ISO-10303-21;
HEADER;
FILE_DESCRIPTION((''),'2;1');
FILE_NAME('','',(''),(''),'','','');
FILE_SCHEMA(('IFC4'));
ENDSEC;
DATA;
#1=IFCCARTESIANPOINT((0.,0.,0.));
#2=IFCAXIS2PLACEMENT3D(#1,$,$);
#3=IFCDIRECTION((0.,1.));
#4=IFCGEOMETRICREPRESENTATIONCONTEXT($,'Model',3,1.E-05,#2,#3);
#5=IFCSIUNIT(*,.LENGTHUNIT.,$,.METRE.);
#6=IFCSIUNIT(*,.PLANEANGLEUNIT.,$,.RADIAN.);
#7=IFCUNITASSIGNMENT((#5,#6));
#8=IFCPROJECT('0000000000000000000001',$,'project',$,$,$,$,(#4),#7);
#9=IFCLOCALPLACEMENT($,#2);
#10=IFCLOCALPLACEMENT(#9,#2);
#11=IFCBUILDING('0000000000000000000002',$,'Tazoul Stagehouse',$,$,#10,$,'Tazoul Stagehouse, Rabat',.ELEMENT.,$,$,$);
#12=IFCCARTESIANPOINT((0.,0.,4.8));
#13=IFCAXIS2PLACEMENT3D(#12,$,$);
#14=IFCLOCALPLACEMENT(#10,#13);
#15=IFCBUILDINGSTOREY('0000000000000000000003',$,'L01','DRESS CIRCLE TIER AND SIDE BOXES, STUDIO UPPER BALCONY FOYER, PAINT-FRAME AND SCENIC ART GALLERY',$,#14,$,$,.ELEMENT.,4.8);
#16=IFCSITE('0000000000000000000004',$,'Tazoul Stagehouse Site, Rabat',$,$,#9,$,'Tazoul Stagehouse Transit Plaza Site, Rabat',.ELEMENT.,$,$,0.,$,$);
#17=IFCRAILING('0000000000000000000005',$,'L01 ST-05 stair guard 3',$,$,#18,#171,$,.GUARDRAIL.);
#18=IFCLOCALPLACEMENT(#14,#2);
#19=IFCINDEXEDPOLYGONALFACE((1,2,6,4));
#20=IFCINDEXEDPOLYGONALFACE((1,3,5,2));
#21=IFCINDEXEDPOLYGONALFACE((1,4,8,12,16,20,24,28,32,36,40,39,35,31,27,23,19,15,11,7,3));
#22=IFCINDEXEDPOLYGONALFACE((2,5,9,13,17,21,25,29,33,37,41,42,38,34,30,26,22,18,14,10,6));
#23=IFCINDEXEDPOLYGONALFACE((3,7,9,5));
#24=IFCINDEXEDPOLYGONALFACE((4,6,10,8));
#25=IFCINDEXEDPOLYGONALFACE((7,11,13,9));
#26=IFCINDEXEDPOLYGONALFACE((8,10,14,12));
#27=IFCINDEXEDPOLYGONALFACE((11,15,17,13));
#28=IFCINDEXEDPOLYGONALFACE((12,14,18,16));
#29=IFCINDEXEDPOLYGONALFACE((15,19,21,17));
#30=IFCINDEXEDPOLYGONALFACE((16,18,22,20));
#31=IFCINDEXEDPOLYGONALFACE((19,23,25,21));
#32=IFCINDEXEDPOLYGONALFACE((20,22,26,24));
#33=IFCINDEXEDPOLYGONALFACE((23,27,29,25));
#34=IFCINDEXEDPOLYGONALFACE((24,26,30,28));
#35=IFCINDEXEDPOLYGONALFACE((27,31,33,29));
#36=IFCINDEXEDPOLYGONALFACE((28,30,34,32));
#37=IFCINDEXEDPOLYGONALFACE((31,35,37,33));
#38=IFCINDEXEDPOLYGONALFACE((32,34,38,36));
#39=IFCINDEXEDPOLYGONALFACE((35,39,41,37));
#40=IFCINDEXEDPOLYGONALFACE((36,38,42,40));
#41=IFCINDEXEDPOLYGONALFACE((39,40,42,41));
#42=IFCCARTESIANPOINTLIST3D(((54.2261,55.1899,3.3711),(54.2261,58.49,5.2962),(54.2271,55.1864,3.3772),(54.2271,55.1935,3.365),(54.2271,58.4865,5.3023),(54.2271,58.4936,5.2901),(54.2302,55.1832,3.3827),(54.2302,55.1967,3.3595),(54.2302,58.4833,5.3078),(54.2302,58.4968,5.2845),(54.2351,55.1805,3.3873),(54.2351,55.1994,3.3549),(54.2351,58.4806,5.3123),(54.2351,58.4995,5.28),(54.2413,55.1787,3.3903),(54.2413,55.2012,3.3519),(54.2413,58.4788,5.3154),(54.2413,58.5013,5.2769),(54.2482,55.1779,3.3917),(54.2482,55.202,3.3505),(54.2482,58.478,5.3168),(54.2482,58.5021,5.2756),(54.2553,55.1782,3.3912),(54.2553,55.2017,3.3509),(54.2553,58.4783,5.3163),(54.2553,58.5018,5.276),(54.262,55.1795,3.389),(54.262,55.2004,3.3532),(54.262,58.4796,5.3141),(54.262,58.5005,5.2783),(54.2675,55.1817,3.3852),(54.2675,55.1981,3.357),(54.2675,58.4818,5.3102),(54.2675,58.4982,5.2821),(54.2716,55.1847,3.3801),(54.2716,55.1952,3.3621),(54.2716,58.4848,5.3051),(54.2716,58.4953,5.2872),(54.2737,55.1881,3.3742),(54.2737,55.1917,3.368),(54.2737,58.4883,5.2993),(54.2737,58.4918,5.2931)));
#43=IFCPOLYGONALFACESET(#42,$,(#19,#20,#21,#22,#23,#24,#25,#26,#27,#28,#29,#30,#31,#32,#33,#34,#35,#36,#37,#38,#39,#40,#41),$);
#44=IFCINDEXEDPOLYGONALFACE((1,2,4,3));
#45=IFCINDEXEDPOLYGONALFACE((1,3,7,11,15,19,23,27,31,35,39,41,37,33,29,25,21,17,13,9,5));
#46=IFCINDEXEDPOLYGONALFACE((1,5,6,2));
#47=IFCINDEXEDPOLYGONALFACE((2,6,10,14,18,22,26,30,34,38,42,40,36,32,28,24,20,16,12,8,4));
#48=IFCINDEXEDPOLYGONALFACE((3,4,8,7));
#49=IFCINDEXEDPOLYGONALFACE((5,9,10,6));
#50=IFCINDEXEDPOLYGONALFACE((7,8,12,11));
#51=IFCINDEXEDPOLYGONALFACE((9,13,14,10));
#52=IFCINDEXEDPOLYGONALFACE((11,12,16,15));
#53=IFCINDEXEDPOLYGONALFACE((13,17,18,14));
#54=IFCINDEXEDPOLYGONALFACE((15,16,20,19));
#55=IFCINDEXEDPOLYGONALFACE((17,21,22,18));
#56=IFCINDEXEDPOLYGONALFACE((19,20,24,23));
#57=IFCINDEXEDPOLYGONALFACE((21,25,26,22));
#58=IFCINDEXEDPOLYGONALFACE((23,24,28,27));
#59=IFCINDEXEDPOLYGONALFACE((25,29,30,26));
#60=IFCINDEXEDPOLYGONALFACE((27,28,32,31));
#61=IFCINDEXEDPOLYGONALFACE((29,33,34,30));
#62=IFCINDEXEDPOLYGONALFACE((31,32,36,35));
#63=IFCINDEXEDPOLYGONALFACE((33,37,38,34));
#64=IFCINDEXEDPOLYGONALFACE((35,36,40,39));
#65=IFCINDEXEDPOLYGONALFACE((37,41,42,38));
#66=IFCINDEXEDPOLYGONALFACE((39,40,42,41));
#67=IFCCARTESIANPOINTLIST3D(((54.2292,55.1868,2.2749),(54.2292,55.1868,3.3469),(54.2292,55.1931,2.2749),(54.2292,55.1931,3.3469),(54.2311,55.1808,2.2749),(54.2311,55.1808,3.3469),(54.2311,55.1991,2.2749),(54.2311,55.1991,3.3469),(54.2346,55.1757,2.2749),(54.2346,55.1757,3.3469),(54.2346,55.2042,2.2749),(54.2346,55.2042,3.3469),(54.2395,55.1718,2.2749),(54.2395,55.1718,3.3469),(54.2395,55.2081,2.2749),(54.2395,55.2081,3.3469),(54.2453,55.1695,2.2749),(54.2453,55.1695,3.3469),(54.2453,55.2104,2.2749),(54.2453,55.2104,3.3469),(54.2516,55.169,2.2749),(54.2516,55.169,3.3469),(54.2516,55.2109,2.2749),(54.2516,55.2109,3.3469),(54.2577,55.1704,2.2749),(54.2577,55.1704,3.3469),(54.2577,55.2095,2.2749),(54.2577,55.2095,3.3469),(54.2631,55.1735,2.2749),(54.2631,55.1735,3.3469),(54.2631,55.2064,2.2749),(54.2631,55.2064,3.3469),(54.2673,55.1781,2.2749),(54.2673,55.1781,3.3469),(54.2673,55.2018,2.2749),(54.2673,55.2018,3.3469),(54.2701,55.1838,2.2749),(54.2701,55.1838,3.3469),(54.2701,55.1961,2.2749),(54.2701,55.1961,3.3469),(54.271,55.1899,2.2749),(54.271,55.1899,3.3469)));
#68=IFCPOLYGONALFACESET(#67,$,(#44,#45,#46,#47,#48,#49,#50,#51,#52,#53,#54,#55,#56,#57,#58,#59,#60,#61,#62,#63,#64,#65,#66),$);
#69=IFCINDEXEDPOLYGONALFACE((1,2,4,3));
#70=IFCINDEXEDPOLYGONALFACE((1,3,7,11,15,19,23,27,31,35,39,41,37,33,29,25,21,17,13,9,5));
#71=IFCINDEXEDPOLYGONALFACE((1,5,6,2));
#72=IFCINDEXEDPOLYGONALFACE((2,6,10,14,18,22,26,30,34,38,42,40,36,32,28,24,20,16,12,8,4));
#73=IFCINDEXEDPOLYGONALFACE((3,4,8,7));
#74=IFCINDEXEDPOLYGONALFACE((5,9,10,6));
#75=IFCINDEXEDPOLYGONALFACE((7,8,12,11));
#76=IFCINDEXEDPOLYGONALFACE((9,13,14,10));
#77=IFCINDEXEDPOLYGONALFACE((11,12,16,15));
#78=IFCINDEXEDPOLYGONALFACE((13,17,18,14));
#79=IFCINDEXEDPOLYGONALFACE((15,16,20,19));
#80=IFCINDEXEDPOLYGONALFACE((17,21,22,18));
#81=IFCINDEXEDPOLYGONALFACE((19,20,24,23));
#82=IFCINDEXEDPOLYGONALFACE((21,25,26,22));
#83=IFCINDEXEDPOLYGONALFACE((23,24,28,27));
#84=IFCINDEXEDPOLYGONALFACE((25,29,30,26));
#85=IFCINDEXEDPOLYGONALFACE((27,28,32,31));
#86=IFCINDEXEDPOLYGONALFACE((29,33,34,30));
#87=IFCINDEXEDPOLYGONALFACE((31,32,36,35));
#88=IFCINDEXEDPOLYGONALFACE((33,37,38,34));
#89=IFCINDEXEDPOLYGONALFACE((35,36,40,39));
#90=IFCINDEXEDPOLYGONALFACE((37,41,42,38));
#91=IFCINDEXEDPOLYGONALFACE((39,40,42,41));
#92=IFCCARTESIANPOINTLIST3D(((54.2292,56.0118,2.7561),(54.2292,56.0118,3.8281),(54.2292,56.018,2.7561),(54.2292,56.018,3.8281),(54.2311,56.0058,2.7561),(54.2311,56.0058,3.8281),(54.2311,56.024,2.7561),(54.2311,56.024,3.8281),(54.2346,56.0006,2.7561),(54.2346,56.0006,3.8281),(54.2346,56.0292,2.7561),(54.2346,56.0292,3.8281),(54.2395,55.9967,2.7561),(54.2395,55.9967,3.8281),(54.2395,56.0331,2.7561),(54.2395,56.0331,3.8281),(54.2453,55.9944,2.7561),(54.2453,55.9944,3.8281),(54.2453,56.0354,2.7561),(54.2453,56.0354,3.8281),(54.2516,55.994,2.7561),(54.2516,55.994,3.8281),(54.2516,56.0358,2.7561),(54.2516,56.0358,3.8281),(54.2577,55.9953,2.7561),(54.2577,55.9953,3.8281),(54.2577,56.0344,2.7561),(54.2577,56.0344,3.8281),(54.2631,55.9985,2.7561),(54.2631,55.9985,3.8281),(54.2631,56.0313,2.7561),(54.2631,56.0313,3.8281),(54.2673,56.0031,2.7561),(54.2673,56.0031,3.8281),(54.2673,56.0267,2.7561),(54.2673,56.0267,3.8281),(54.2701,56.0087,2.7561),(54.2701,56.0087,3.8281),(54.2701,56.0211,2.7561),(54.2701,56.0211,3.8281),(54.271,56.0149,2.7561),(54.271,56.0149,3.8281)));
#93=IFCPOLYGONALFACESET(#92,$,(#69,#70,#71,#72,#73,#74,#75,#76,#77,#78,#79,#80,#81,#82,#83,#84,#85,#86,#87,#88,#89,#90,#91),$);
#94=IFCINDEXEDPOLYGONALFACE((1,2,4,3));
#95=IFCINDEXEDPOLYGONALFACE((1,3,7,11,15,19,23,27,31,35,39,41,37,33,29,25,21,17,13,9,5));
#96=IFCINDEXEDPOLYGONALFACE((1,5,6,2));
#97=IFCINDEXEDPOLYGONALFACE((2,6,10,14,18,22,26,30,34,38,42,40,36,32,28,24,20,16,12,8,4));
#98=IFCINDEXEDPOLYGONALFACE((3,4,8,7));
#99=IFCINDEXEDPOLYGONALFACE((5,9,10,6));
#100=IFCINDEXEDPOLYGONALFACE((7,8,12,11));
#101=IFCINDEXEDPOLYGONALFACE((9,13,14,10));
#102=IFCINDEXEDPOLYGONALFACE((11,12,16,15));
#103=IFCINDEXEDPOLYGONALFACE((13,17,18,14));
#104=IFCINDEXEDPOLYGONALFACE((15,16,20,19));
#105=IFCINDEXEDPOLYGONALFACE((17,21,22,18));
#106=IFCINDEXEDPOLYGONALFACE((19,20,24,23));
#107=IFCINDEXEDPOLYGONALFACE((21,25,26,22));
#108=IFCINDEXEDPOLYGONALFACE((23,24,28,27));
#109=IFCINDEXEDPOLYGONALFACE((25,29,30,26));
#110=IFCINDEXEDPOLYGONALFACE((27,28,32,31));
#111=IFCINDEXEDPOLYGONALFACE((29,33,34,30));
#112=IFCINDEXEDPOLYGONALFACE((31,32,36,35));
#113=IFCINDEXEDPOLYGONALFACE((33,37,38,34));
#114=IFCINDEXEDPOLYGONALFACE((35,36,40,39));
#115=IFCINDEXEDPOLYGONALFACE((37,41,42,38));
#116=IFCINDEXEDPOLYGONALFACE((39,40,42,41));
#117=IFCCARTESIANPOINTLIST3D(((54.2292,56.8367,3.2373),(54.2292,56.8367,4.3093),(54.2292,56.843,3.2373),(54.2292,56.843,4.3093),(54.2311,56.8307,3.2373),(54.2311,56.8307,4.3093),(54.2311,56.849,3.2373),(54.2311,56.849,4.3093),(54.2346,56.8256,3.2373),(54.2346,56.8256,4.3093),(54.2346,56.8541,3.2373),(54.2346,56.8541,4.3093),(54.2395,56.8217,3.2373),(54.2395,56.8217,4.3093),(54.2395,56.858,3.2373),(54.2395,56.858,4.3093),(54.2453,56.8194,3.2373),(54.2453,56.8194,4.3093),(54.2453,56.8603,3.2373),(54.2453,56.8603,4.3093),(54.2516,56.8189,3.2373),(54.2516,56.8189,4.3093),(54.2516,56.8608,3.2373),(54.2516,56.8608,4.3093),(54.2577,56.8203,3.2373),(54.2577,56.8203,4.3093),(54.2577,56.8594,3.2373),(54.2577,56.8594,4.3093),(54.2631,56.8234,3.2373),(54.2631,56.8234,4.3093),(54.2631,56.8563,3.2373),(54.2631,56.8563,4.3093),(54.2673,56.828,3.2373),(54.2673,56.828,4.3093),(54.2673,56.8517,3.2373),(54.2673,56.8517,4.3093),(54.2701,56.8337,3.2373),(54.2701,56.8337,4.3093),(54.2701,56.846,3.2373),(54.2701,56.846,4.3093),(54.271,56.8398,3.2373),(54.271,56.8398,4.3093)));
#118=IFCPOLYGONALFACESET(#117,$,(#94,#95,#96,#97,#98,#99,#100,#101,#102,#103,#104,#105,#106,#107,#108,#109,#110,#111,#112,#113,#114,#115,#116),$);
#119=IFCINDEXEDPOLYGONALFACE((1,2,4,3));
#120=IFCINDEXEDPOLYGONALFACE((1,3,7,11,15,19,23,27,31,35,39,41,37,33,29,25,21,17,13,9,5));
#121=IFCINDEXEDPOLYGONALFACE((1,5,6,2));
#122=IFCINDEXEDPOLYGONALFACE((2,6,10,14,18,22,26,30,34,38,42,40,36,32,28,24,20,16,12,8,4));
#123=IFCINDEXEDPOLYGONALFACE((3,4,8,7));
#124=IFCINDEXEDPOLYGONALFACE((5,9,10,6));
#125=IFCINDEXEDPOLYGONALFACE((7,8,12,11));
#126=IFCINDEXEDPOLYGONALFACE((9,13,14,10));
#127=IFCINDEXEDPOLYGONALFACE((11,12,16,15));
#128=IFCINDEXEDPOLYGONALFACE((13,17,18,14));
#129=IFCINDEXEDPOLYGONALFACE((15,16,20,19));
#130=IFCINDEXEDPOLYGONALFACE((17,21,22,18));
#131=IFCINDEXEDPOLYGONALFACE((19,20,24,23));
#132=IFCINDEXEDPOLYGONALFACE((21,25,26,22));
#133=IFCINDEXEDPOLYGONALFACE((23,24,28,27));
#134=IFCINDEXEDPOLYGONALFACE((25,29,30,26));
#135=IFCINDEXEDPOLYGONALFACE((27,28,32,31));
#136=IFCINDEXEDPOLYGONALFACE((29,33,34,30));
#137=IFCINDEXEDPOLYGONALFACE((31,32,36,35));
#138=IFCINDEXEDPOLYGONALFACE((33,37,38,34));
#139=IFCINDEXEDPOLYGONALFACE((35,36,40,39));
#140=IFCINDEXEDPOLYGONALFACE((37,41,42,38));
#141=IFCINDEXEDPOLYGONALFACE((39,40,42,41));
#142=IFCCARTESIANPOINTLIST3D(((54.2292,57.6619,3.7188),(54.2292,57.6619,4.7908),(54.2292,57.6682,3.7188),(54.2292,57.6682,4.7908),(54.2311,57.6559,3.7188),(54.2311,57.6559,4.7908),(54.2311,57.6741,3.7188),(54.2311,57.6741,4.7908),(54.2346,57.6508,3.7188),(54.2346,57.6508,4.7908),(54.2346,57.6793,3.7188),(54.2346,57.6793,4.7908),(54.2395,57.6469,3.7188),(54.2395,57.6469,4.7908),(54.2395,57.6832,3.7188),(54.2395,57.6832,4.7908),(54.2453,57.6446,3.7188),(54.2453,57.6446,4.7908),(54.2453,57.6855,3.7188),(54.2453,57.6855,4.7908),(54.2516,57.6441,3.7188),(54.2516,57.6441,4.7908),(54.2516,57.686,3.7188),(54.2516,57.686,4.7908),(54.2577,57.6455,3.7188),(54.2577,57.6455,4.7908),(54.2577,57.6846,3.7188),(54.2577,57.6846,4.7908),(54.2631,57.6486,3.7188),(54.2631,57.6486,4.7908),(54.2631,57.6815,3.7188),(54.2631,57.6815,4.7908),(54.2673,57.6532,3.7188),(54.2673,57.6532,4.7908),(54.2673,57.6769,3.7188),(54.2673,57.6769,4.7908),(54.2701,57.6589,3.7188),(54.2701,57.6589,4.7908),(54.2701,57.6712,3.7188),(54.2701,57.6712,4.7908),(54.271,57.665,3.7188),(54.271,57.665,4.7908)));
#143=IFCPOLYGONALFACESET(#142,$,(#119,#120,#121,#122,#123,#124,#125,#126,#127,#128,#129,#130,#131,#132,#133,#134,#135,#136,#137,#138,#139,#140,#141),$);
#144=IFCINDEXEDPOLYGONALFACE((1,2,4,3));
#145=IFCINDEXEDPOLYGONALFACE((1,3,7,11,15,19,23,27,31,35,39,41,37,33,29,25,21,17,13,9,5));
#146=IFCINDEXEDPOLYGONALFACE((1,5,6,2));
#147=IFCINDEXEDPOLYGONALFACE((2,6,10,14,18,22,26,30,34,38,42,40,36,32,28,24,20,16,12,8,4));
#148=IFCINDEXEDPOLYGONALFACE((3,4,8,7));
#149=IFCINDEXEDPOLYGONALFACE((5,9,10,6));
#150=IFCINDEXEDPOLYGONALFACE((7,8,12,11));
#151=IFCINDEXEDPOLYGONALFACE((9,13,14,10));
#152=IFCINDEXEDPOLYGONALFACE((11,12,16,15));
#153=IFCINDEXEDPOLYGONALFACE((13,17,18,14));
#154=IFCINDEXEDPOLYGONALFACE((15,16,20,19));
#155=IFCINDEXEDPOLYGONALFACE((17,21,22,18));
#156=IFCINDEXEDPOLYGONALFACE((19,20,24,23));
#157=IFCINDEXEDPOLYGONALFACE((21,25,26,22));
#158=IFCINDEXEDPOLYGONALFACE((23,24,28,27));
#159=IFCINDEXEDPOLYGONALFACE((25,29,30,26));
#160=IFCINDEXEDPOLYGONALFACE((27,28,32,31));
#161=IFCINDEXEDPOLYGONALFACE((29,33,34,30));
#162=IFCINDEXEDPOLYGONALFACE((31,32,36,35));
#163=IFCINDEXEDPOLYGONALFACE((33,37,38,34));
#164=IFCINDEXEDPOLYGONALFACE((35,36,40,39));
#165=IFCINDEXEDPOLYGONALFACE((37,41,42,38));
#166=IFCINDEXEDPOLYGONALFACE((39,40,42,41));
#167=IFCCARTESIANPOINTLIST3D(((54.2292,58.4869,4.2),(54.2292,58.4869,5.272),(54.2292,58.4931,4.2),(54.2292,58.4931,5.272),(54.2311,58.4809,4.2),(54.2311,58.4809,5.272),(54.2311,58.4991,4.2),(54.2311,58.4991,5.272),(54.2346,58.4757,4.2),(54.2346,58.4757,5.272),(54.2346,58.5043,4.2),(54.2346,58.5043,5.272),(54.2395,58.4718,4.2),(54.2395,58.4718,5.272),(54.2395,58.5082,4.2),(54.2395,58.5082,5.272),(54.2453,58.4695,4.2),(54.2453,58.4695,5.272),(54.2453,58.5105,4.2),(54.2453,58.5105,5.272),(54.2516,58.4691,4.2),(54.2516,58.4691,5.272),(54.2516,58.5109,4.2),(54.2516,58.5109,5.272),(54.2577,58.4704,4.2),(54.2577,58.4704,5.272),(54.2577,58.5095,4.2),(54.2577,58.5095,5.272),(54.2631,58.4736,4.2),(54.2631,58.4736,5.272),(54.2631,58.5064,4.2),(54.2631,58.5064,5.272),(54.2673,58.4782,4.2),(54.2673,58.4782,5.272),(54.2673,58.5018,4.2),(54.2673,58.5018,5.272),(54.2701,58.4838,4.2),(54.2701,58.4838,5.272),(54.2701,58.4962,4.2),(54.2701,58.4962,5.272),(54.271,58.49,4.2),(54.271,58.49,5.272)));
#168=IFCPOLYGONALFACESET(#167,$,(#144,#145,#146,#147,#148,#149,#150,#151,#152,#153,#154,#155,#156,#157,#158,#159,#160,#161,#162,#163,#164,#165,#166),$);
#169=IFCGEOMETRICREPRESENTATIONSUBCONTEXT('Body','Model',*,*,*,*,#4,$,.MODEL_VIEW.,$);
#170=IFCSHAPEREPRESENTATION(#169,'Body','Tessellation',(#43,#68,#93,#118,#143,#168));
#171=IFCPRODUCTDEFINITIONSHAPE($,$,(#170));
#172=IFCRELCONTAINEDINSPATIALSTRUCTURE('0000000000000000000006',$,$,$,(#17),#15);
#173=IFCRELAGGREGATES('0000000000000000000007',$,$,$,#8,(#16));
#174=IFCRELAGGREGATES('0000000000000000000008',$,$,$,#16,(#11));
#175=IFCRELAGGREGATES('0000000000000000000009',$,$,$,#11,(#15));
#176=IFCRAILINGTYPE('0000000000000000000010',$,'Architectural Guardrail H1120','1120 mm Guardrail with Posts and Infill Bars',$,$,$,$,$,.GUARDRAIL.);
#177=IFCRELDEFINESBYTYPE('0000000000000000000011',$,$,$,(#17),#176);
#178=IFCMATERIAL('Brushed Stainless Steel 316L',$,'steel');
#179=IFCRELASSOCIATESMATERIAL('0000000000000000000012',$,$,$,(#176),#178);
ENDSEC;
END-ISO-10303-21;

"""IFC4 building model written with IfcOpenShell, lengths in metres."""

from ifc_helpers import new_model, si_unit, direction, frame, origin, origin_2d, place, context, subcontext, project, spatial, circle, extrude, material, material_profile, profile_set, type_object, element, save


model = new_model("IFC4")

# Units and contexts
model_context = context("Model", 3, precision=1e-05, world=origin(), true_north=direction((0.0, 1.0)))
body_context = subcontext(model_context, "Body", "Model", "MODEL_VIEW")
ifc_project = project(units=[si_unit("LENGTHUNIT", "METRE"), si_unit("PLANEANGLEUNIT", "RADIAN")], contexts=[model_context])

# Site, building, storey
site_placement = place(None, origin())
site = spatial("IfcSite", under=ifc_project, at=site_placement, Name="Tazoul Stagehouse Site, Rabat", LongName="Tazoul Stagehouse Transit Plaza Site, Rabat", CompositionType="ELEMENT", RefElevation=0.0)
building_placement = place(site_placement, origin())
building = spatial("IfcBuilding", under=site, at=building_placement, Name="Tazoul Stagehouse", LongName="Tazoul Stagehouse, Rabat", CompositionType="ELEMENT")
storey_placement = place(building_placement, frame((0.0, 0.0, 4.8)))
storey = spatial("IfcBuildingStorey", under=building, at=storey_placement, Name="L01", Description="DRESS CIRCLE TIER AND SIDE BOXES, STUDIO UPPER BALCONY FOYER, PAINT-FRAME AND SCENIC ART GALLERY", CompositionType="ELEMENT", Elevation=4.8)

# Railing
ifc_material_1 = material(Name="Brushed Stainless Steel 316L", Category="steel")
ifc_material_profile_1 = material_profile(ifc_material_1, circle(Radius=0.0239, at=origin_2d()), Name="SS RAIL D48")
ifc_profile_set_1 = profile_set([ifc_material_profile_1], Name="Brushed Stainless Steel 316L")
railing_type_1 = type_object("IfcRailingType", Name="Architectural Guardrail H1120", Description="1120 mm Guardrail with Posts and Infill Bars", PredefinedType="GUARDRAIL", material=ifc_profile_set_1)
railing_1_placement = place(storey_placement, frame((54.25, 55.1899, 2.2749)))
element("IfcRailing", 1, at=railing_1_placement, inside=storey, type_object=railing_type_1, Name="L01 ST-05 stair guard 3", PredefinedType="GUARDRAIL", context=body_context, shape_type="SweptSolid", body=[
    extrude(circle(Radius=0.0239, at=origin_2d()), frame((0.0, 0.0, 1.0962), z_axis=(0.0, 0.863777, 0.503875), x_axis=(-1.0, 0.0, 0.0)), (0.0, 0.0, 1.0), 3.8206),
    extrude(circle(Radius=0.021, at=origin_2d()), origin(), (0.0, 0.0, 1.0), 1.072),
    extrude(circle(Radius=0.021, at=origin_2d()), frame((0.0, 0.825, 0.4812)), (0.0, 0.0, 1.0), 1.072),
    extrude(circle(Radius=0.021, at=origin_2d()), frame((0.0, 1.6499, 0.9624)), (0.0, 0.0, 1.0), 1.072),
    extrude(circle(Radius=0.021, at=origin_2d()), frame((0.0, 2.4751, 1.4438)), (0.0, 0.0, 1.0), 1.072),
    extrude(circle(Radius=0.021, at=origin_2d()), frame((0.0, 3.3, 1.925)), (0.0, 0.0, 1.0), 1.072),
])

save(model, "model.ifc")
